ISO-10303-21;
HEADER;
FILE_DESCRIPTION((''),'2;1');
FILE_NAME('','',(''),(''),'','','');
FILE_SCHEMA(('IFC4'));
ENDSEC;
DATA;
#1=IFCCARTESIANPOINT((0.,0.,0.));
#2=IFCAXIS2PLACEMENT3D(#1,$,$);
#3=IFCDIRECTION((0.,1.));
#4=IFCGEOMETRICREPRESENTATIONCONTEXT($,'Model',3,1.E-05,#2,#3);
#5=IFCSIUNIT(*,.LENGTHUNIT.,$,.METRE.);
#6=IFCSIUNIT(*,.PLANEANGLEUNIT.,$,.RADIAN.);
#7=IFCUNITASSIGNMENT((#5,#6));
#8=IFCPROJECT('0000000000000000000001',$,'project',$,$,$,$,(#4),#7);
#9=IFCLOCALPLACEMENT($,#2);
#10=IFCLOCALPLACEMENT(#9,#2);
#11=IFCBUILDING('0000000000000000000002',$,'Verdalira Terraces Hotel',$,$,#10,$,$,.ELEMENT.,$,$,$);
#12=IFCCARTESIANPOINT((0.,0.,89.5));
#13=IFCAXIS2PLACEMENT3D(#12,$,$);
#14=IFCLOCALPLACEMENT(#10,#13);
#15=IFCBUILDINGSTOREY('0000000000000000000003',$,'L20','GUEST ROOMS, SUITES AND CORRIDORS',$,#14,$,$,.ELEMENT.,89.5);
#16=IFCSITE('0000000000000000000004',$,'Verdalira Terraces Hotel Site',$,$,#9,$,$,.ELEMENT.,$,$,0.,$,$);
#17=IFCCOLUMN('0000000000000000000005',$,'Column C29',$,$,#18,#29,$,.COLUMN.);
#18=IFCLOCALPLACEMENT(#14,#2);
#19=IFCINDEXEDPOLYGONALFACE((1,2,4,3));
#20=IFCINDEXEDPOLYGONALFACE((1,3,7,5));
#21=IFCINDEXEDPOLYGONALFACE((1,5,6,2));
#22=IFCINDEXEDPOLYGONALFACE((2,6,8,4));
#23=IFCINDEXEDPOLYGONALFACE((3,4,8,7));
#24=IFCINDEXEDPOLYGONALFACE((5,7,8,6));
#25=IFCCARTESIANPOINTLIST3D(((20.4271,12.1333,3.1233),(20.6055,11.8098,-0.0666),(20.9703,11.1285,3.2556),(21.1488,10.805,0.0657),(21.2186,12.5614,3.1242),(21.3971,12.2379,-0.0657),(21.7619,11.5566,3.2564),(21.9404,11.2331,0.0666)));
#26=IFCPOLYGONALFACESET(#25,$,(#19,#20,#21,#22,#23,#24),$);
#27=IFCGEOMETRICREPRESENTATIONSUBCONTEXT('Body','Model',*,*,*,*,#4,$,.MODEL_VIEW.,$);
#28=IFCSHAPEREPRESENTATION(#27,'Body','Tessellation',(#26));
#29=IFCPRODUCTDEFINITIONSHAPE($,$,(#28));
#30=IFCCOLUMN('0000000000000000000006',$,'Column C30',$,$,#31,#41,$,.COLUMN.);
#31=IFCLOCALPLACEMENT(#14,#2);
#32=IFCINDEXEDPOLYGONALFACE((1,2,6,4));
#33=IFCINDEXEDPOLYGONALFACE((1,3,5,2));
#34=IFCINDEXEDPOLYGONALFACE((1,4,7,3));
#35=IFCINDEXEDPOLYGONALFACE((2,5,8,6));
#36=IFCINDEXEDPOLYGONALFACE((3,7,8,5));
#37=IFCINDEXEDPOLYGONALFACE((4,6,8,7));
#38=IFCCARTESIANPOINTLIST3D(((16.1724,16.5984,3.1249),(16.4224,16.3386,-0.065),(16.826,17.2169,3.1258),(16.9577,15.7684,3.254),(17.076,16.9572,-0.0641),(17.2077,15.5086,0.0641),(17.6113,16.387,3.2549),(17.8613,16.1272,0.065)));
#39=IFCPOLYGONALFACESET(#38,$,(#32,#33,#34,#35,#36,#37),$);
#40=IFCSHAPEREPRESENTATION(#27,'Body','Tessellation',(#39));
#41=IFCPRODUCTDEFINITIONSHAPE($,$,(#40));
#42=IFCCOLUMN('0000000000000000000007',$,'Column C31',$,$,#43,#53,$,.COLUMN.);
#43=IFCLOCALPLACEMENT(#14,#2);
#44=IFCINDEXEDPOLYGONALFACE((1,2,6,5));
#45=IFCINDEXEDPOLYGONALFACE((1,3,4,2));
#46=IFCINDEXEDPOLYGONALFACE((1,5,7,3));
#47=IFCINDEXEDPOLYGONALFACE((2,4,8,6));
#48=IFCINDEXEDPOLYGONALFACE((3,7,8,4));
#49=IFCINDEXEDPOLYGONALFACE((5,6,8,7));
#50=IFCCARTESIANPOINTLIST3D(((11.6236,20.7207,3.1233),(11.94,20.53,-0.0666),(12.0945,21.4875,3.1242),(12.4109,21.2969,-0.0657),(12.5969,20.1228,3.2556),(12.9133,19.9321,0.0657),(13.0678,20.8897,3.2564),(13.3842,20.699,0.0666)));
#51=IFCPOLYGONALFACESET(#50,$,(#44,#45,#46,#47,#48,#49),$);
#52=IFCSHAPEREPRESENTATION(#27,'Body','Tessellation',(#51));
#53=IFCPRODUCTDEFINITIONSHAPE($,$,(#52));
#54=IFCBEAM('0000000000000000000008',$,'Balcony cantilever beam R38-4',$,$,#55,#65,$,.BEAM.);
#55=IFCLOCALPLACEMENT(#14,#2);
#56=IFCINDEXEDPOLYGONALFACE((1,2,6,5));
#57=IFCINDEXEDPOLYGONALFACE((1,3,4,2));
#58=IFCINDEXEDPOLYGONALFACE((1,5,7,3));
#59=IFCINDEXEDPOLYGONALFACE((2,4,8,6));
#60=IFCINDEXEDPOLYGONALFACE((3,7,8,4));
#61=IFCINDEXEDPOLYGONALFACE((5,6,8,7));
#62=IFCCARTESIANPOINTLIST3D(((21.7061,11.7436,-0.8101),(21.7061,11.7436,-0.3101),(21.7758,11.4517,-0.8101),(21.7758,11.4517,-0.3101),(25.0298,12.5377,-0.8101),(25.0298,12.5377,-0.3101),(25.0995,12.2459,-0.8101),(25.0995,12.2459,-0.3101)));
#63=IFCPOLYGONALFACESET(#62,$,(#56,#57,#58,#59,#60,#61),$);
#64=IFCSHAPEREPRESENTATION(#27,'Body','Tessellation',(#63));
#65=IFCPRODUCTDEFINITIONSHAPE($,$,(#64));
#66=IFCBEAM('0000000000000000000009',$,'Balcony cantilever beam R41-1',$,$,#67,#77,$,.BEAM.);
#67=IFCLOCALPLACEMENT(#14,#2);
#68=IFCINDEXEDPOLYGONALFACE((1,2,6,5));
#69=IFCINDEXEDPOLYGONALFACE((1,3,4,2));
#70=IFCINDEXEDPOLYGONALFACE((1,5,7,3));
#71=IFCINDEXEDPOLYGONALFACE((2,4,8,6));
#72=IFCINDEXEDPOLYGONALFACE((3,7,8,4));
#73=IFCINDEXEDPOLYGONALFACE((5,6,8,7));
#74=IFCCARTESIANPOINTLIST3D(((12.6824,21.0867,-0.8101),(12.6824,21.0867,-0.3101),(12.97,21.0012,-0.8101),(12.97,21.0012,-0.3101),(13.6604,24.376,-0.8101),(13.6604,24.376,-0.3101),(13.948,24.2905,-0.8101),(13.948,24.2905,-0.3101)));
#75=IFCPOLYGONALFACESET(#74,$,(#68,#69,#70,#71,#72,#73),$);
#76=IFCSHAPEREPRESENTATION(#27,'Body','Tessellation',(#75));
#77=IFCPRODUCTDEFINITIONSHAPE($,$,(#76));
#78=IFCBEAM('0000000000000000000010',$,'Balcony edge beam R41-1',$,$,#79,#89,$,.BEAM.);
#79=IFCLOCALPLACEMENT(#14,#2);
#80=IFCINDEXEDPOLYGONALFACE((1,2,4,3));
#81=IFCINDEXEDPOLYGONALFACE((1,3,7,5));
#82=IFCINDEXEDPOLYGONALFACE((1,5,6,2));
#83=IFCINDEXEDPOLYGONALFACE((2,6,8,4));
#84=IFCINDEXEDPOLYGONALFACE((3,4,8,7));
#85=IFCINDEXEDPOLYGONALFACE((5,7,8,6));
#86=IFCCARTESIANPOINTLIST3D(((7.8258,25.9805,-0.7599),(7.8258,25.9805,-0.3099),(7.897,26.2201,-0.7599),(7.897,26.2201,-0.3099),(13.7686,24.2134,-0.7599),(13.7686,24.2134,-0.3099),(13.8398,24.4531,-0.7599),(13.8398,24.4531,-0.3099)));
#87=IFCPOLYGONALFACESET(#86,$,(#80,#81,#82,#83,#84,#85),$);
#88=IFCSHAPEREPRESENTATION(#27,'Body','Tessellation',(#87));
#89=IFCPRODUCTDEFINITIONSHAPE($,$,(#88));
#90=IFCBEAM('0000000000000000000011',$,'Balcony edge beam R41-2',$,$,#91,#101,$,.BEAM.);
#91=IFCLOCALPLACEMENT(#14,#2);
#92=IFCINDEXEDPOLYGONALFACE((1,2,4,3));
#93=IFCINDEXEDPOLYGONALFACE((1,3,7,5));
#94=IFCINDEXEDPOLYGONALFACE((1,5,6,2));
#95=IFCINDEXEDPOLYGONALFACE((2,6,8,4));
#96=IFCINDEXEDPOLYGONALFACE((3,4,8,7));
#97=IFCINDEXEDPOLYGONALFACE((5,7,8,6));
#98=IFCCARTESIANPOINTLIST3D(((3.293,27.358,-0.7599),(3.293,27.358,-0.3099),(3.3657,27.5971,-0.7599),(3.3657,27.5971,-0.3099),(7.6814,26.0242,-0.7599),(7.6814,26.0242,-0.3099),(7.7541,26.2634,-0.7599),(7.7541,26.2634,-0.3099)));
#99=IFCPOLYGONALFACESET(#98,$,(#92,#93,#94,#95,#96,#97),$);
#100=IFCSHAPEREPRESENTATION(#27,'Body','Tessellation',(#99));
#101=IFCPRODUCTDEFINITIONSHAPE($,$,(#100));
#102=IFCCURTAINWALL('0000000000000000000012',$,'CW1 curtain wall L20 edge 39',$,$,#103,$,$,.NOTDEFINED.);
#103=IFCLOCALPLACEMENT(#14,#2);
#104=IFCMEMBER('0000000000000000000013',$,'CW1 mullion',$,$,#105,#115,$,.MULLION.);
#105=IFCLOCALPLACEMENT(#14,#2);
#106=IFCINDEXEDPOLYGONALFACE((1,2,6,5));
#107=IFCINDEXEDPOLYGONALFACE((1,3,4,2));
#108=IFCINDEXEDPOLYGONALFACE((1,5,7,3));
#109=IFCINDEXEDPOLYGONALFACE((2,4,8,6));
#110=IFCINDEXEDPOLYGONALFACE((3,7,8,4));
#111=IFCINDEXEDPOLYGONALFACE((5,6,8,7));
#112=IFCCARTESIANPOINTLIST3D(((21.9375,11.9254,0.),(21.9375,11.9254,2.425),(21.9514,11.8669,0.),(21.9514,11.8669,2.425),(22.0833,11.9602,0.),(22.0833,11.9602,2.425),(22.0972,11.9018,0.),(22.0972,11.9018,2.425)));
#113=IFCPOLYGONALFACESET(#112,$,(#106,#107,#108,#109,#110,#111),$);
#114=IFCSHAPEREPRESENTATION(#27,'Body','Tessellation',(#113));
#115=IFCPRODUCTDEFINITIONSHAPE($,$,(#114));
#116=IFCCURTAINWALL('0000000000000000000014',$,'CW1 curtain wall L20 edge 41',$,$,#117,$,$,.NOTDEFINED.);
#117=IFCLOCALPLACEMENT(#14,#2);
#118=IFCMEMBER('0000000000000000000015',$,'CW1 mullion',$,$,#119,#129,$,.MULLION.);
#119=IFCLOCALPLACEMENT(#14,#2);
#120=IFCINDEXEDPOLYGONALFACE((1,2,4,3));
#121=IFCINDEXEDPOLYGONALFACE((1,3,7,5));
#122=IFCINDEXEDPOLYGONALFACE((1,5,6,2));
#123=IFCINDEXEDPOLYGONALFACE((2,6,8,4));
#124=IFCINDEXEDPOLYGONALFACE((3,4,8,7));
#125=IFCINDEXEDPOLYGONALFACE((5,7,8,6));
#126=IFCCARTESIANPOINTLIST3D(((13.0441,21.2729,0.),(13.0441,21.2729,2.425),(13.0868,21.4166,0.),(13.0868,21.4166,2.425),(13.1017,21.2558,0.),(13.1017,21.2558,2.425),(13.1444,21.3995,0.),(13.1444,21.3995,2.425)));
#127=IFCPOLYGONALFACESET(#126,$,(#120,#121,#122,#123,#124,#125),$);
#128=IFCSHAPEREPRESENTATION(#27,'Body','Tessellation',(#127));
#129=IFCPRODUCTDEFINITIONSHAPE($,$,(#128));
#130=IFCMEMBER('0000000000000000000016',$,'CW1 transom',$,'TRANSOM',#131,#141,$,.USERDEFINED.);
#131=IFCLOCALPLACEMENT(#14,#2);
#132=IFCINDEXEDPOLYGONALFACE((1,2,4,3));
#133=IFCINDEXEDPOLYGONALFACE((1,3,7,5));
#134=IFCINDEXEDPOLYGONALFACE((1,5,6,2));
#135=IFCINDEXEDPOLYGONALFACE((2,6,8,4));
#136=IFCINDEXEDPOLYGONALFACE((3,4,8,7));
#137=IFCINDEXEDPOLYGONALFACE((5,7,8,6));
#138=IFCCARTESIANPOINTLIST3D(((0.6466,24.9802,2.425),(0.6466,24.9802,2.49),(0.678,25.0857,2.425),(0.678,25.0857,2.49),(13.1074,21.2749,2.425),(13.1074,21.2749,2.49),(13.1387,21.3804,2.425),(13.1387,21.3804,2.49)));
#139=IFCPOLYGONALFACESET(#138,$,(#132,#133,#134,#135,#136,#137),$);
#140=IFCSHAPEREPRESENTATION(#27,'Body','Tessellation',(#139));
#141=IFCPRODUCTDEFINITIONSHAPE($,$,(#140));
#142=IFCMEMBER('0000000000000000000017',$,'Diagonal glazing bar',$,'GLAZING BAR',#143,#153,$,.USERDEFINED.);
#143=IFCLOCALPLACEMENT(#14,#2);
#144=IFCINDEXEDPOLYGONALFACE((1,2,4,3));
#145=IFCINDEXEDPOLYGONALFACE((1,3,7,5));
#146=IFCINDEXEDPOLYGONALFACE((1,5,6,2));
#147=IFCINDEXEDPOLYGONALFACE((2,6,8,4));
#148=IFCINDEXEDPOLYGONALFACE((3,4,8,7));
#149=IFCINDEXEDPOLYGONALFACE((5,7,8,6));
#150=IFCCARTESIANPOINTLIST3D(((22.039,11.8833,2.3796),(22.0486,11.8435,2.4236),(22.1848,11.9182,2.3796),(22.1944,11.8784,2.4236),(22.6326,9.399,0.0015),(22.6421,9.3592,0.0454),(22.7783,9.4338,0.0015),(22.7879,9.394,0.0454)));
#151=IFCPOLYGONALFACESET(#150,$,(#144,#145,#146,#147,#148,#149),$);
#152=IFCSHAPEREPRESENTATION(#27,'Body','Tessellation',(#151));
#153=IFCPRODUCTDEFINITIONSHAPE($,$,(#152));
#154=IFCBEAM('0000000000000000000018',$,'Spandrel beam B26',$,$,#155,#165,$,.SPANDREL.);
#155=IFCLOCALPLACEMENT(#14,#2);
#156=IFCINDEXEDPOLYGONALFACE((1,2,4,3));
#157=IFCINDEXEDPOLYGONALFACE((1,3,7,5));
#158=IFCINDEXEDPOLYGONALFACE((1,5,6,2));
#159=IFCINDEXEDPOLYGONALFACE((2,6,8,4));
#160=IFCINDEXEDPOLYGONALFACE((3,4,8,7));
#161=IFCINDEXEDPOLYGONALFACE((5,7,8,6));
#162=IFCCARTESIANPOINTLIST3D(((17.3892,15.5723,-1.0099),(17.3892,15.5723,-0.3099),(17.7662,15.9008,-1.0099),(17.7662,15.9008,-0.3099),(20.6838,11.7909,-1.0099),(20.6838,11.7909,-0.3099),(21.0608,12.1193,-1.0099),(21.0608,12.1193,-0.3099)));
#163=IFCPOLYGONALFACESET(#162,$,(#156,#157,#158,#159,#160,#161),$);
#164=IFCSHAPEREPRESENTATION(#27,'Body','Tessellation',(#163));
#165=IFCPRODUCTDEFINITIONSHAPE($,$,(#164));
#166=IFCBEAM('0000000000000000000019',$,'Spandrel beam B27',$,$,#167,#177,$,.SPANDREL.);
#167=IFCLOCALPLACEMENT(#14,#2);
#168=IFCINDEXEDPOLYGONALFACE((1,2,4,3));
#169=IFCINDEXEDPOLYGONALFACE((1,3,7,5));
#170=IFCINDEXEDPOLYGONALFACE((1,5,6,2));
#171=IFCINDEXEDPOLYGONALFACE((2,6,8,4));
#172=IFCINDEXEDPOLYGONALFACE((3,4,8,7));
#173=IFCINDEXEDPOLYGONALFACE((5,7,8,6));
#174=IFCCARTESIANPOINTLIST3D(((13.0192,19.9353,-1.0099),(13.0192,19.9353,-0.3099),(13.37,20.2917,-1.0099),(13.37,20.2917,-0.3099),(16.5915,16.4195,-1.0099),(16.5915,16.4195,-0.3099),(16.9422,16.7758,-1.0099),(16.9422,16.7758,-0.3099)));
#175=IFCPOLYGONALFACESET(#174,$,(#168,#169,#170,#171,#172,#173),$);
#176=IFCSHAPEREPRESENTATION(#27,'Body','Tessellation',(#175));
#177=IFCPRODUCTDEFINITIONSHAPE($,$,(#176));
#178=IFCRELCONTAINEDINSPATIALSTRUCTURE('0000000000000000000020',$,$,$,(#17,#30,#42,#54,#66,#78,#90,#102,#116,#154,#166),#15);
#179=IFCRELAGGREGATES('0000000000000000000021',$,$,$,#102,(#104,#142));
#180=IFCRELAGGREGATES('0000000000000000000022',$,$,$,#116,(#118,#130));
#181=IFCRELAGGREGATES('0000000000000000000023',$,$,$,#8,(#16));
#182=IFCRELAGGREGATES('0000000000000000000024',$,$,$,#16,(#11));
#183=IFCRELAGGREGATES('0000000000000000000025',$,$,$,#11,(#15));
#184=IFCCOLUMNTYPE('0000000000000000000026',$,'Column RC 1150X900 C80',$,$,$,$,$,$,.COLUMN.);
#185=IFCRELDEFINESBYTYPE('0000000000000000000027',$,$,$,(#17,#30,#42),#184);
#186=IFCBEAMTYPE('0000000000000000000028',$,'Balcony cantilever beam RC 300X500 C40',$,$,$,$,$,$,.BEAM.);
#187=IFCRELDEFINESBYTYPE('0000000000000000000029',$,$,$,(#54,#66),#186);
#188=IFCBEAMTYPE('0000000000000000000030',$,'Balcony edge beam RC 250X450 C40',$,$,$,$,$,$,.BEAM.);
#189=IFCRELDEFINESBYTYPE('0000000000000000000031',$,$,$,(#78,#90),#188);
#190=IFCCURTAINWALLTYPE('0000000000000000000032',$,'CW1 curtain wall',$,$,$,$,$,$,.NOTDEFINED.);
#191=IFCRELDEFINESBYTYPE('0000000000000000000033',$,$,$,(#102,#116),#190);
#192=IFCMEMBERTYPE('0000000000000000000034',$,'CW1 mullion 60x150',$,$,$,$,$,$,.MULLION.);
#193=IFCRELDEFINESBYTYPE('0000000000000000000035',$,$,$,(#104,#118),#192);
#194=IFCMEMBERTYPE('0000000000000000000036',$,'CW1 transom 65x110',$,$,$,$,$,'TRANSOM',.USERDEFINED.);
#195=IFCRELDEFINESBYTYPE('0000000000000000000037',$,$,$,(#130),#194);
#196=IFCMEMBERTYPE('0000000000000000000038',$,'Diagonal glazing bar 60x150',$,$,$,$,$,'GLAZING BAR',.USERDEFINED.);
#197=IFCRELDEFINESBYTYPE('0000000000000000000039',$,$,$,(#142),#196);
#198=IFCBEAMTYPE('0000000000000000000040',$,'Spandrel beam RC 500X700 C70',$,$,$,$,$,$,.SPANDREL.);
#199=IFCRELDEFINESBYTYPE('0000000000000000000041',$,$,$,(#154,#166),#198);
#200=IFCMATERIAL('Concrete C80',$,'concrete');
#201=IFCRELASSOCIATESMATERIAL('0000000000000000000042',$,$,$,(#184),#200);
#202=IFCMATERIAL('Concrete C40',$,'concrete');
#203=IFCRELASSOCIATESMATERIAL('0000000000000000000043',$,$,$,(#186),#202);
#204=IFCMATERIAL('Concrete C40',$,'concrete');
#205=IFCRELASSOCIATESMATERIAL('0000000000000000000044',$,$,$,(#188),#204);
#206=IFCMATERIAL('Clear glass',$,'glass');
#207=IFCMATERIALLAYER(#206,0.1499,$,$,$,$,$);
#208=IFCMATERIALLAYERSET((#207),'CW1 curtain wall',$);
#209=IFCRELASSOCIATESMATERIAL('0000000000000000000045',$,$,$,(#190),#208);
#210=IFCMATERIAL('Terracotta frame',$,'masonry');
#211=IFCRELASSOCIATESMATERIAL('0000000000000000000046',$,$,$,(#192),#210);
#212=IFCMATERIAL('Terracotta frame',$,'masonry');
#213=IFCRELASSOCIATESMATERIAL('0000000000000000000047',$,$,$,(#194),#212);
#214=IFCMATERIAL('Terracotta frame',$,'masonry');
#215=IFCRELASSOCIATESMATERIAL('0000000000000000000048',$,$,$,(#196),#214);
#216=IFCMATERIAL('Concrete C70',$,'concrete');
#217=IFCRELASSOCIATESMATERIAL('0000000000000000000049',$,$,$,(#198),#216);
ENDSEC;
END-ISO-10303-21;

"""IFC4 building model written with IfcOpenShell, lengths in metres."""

from ifc_helpers import new_model, si_unit, direction, frame, origin, origin_2d, place, context, subcontext, project, spatial, rectangle, extrude, material, layer, layer_set, material_profile, profile_set, type_object, element, aggregate, save


model = new_model("IFC4")

# Units and contexts
model_context = context("Model", 3, precision=1e-05, world=origin(), true_north=direction((0.0, 1.0)))
body_context = subcontext(model_context, "Body", "Model", "MODEL_VIEW")
ifc_project = project(units=[si_unit("LENGTHUNIT", "METRE"), si_unit("PLANEANGLEUNIT", "RADIAN")], contexts=[model_context])

# Site, building, storey
site_placement = place(None, origin())
site = spatial("IfcSite", under=ifc_project, at=site_placement, Name="Verdalira Terraces Hotel Site", CompositionType="ELEMENT", RefElevation=0.0)
building_placement = place(site_placement, origin())
building = spatial("IfcBuilding", under=site, at=building_placement, Name="Verdalira Terraces Hotel", CompositionType="ELEMENT")
storey_placement = place(building_placement, frame((0.0, 0.0, 89.5)))
storey = spatial("IfcBuildingStorey", under=building, at=storey_placement, Name="L20", Description="GUEST ROOMS, SUITES AND CORRIDORS", CompositionType="ELEMENT", Elevation=89.5)

# Columns
ifc_material_1 = material(Name="Concrete C80", Category="concrete")
ifc_material_profile_1 = material_profile(ifc_material_1, rectangle(XDim=1.1499, YDim=0.8999, at=origin_2d()), Name="RC 1150X900")
ifc_profile_set_1 = profile_set([ifc_material_profile_1], Name="Concrete C80")
column_type = type_object("IfcColumnType", Name="Column RC 1150X900 C80", PredefinedType="COLUMN", material=ifc_profile_set_1)
column_1_placement = place(storey_placement, frame((21.2729, 11.5215, 0.0), z_axis=(-0.055575, 0.100735, 0.99336), x_axis=(0.472451, -0.873816, 0.115044)))
element("IfcColumn", 1, at=column_1_placement, inside=storey, type_object=column_type, Name="Column C29", PredefinedType="COLUMN", context=body_context, shape_type="SweptSolid", body=[
    extrude(rectangle(XDim=1.1499, YDim=0.8999, at=origin_2d()), origin(), (0.0, 0.0, 1.0), 3.2112),
])
column_2_placement = place(storey_placement, frame((17.1418, 16.2329, 0.0), z_axis=(-0.077876, 0.080918, 0.993674), x_axis=(-0.682947, 0.721784, -0.1123)))
element("IfcColumn", 2, at=column_2_placement, inside=storey, type_object=column_type, Name="Column C30", PredefinedType="COLUMN", context=body_context, shape_type="SweptSolid", body=[
    extrude(rectangle(XDim=1.1499, YDim=0.8999, at=origin_2d()), origin(), (0.0, 0.0, 1.0), 3.2102),
])
column_3_placement = place(storey_placement, frame((12.6621, 20.6145, 0.0), z_axis=(-0.09853, 0.059377, 0.993361), x_axis=(0.846431, -0.519925, 0.115034)))
element("IfcColumn", 3, at=column_3_placement, inside=storey, type_object=column_type, Name="Column C31", PredefinedType="COLUMN", context=body_context, shape_type="SweptSolid", body=[
    extrude(rectangle(XDim=1.1499, YDim=0.8999, at=origin_2d()), origin(), (0.0, 0.0, 1.0), 3.2112),
])

# Beams
ifc_material_2 = material(Name="Concrete C40", Category="concrete")
ifc_material_profile_2 = material_profile(ifc_material_2, rectangle(XDim=0.3, YDim=0.5, at=origin_2d()), Name="RC 300X500")
ifc_profile_set_2 = profile_set([ifc_material_profile_2], Name="Concrete C40")
beam_type_1 = type_object("IfcBeamType", Name="Balcony cantilever beam RC 300X500 C40", PredefinedType="BEAM", material=ifc_profile_set_2)
beam_1_placement = place(storey_placement, frame((21.741, 11.5977, -0.5601), z_axis=(0.97262, 0.232403, 0.0), x_axis=(-0.232403, 0.97262, 0.0)))
element("IfcBeam", 4, at=beam_1_placement, inside=storey, type_object=beam_type_1, Name="Balcony cantilever beam R38-4", PredefinedType="BEAM", context=body_context, shape_type="SweptSolid", body=[
    extrude(rectangle(XDim=0.3, YDim=0.5, at=origin_2d()), origin(), (0.0, 0.0, 1.0), 3.4172),
])
beam_2_placement = place(storey_placement, frame((12.8262, 21.0439, -0.5601), z_axis=(0.285004, 0.958526, 0.0), x_axis=(-0.958526, 0.285004, 0.0)))
element("IfcBeam", 5, at=beam_2_placement, inside=storey, type_object=beam_type_1, Name="Balcony cantilever beam R41-1", PredefinedType="BEAM", context=body_context, shape_type="SweptSolid", body=[
    extrude(rectangle(XDim=0.3, YDim=0.5, at=origin_2d()), origin(), (0.0, 0.0, 1.0), 3.4316),
])
ifc_material_3 = material(Name="Concrete C40", Category="concrete")
ifc_material_profile_3 = material_profile(ifc_material_3, rectangle(XDim=0.25, YDim=0.45, at=origin_2d()), Name="RC 250X450")
ifc_profile_set_3 = profile_set([ifc_material_profile_3], Name="Concrete C40")
beam_type_2 = type_object("IfcBeamType", Name="Balcony edge beam RC 250X450 C40", PredefinedType="BEAM", material=ifc_profile_set_3)
beam_3_placement = place(storey_placement, frame((13.8042, 24.3333, -0.5349), z_axis=(-0.958524, 0.285013, 0.0), x_axis=(-0.285013, -0.958524, 0.0)))
element("IfcBeam", 6, at=beam_3_placement, inside=storey, type_object=beam_type_2, Name="Balcony edge beam R41-1", PredefinedType="BEAM", context=body_context, shape_type="SweptSolid", body=[
    extrude(rectangle(XDim=0.25, YDim=0.45, at=origin_2d()), origin(), (0.0, 0.0, 1.0), 6.2),
])
beam_4_placement = place(storey_placement, frame((7.7178, 26.1438, -0.5349), z_axis=(-0.956787, 0.290789, 0.0), x_axis=(-0.290789, -0.956787, 0.0)))
element("IfcBeam", 7, at=beam_4_placement, inside=storey, type_object=beam_type_2, Name="Balcony edge beam R41-2", PredefinedType="BEAM", context=body_context, shape_type="SweptSolid", body=[
    extrude(rectangle(XDim=0.25, YDim=0.45, at=origin_2d()), origin(), (0.0, 0.0, 1.0), 4.5867),
])

# Curtain wall, member
ifc_material_4 = material(Name="Clear glass", Category="glass")
ifc_layer_1 = layer(ifc_material_4, 0.1499)
ifc_layer_set_1 = layer_set([ifc_layer_1], Name="CW1 curtain wall")
curtain_wall_type = type_object("IfcCurtainWallType", Name="CW1 curtain wall", PredefinedType="NOTDEFINED", material=ifc_layer_set_1)
curtain_wall_1_placement = place(storey_placement, origin())
curtain_wall_1 = element("IfcCurtainWall", 8, at=curtain_wall_1_placement, inside=storey, type_object=curtain_wall_type, Name="CW1 curtain wall L20 edge 39", PredefinedType="NOTDEFINED")
ifc_material_5 = material(Name="Terracotta frame", Category="masonry")
ifc_material_profile_4 = material_profile(ifc_material_5, rectangle(XDim=0.0601, YDim=0.1499, at=origin_2d()), Name="MU 60x150")
ifc_profile_set_4 = profile_set([ifc_material_profile_4], Name="Terracotta frame")
member_type_1 = type_object("IfcMemberType", Name="CW1 mullion 60x150", PredefinedType="MULLION", material=ifc_profile_set_4)
member_1_placement = place(storey_placement, frame((22.0173, 11.9136, 0.0), z_axis=(0.0, 0.0, 1.0), x_axis=(-0.232427, 0.972614, 0.0)))
member_1 = element("IfcMember", 9, at=member_1_placement, type_object=member_type_1, Name="CW1 mullion", PredefinedType="MULLION", context=body_context, shape_type="SweptSolid", body=[
    extrude(rectangle(XDim=0.0601, YDim=0.1499, at=origin_2d()), origin(), (0.0, 0.0, 1.0), 2.425),
])

# Curtain wall, members
curtain_wall_2_placement = place(storey_placement, origin())
curtain_wall_2 = element("IfcCurtainWall", 10, at=curtain_wall_2_placement, inside=storey, type_object=curtain_wall_type, Name="CW1 curtain wall L20 edge 41", PredefinedType="NOTDEFINED")
member_2_placement = place(storey_placement, frame((13.0942, 21.3362, 0.0), z_axis=(0.0, 0.0, 1.0), x_axis=(-0.958522, 0.285019, 0.0)))
member_2 = element("IfcMember", 11, at=member_2_placement, type_object=member_type_1, Name="CW1 mullion", PredefinedType="MULLION", context=body_context, shape_type="SweptSolid", body=[
    extrude(rectangle(XDim=0.0601, YDim=0.1499, at=origin_2d()), origin(), (0.0, 0.0, 1.0), 2.425),
])
ifc_material_6 = material(Name="Terracotta frame", Category="masonry")
ifc_material_profile_5 = material_profile(ifc_material_6, rectangle(XDim=0.1101, YDim=0.0649, at=origin_2d()), Name="TR 65x110")
ifc_profile_set_5 = profile_set([ifc_material_profile_5], Name="Terracotta frame")
member_type_2 = type_object("IfcMemberType", Name="CW1 transom 65x110", ElementType="TRANSOM", PredefinedType="USERDEFINED", material=ifc_profile_set_5)
member_3_placement = place(storey_placement, frame((13.123, 21.3276, 2.4575), z_axis=(-0.95852, 0.285026, 0.0), x_axis=(-0.285026, -0.95852, 0.0)))
member_3 = element("IfcMember", 12, at=member_3_placement, type_object=member_type_2, Name="CW1 transom", ObjectType="TRANSOM", PredefinedType="USERDEFINED", context=body_context, shape_type="SweptSolid", body=[
    extrude(rectangle(XDim=0.1101, YDim=0.0649, at=origin_2d()), origin(), (0.0, 0.0, 1.0), 13.0),
])

# Member
ifc_material_7 = material(Name="Terracotta frame", Category="masonry")
ifc_material_profile_6 = material_profile(ifc_material_7, rectangle(XDim=0.1499, YDim=0.0601, at=origin_2d()), Name="GB 60x150")
ifc_profile_set_6 = profile_set([ifc_material_profile_6], Name="Terracotta frame")
member_type_3 = type_object("IfcMemberType", Name="Diagonal glazing bar 60x150", ElementType="GLAZING BAR", PredefinedType="USERDEFINED", material=ifc_profile_set_6)
member_4_placement = place(storey_placement, frame((22.7102, 9.3965, 0.0234), z_axis=(-0.170059, 0.711856, 0.681426), x_axis=(-0.972631, -0.232357, 0.0)))
member_4 = element("IfcMember", 13, at=member_4_placement, type_object=member_type_3, Name="Diagonal glazing bar", ObjectType="GLAZING BAR", PredefinedType="USERDEFINED", context=body_context, shape_type="SweptSolid", body=[
    extrude(rectangle(XDim=0.1499, YDim=0.0601, at=origin_2d()), origin(), (0.0, 0.0, 1.0), 3.49),
])

# Beams
ifc_material_8 = material(Name="Concrete C70", Category="concrete")
ifc_material_profile_7 = material_profile(ifc_material_8, rectangle(XDim=0.5, YDim=0.7, at=origin_2d()), Name="RC 500X700")
ifc_profile_set_7 = profile_set([ifc_material_profile_7], Name="Concrete C70")
beam_type_3 = type_object("IfcBeamType", Name="Spandrel beam RC 500X700 C70", PredefinedType="SPANDREL", material=ifc_profile_set_7)
beam_5_placement = place(storey_placement, frame((20.8723, 11.9551, -0.6599), z_axis=(-0.656908, 0.753971, 0.0), x_axis=(-0.753971, -0.656908, 0.0)))
element("IfcBeam", 14, at=beam_5_placement, inside=storey, type_object=beam_type_3, Name="Spandrel beam B26", PredefinedType="SPANDREL", context=body_context, shape_type="SweptSolid", body=[
    extrude(rectangle(XDim=0.5, YDim=0.7, at=origin_2d()), origin(), (0.0, 0.0, 1.0), 5.0154),
])
beam_6_placement = place(storey_placement, frame((16.7668, 16.5977, -0.6599), z_axis=(-0.71271, 0.701459, 0.0), x_axis=(-0.701459, -0.71271, 0.0)))
element("IfcBeam", 15, at=beam_6_placement, inside=storey, type_object=beam_type_3, Name="Spandrel beam B27", PredefinedType="SPANDREL", context=body_context, shape_type="SweptSolid", body=[
    extrude(rectangle(XDim=0.5, YDim=0.7, at=origin_2d()), origin(), (0.0, 0.0, 1.0), 5.0122),
])

aggregate(curtain_wall_1, [member_1, member_4])
aggregate(curtain_wall_2, [member_2, member_3])

save(model, "model.ifc")
